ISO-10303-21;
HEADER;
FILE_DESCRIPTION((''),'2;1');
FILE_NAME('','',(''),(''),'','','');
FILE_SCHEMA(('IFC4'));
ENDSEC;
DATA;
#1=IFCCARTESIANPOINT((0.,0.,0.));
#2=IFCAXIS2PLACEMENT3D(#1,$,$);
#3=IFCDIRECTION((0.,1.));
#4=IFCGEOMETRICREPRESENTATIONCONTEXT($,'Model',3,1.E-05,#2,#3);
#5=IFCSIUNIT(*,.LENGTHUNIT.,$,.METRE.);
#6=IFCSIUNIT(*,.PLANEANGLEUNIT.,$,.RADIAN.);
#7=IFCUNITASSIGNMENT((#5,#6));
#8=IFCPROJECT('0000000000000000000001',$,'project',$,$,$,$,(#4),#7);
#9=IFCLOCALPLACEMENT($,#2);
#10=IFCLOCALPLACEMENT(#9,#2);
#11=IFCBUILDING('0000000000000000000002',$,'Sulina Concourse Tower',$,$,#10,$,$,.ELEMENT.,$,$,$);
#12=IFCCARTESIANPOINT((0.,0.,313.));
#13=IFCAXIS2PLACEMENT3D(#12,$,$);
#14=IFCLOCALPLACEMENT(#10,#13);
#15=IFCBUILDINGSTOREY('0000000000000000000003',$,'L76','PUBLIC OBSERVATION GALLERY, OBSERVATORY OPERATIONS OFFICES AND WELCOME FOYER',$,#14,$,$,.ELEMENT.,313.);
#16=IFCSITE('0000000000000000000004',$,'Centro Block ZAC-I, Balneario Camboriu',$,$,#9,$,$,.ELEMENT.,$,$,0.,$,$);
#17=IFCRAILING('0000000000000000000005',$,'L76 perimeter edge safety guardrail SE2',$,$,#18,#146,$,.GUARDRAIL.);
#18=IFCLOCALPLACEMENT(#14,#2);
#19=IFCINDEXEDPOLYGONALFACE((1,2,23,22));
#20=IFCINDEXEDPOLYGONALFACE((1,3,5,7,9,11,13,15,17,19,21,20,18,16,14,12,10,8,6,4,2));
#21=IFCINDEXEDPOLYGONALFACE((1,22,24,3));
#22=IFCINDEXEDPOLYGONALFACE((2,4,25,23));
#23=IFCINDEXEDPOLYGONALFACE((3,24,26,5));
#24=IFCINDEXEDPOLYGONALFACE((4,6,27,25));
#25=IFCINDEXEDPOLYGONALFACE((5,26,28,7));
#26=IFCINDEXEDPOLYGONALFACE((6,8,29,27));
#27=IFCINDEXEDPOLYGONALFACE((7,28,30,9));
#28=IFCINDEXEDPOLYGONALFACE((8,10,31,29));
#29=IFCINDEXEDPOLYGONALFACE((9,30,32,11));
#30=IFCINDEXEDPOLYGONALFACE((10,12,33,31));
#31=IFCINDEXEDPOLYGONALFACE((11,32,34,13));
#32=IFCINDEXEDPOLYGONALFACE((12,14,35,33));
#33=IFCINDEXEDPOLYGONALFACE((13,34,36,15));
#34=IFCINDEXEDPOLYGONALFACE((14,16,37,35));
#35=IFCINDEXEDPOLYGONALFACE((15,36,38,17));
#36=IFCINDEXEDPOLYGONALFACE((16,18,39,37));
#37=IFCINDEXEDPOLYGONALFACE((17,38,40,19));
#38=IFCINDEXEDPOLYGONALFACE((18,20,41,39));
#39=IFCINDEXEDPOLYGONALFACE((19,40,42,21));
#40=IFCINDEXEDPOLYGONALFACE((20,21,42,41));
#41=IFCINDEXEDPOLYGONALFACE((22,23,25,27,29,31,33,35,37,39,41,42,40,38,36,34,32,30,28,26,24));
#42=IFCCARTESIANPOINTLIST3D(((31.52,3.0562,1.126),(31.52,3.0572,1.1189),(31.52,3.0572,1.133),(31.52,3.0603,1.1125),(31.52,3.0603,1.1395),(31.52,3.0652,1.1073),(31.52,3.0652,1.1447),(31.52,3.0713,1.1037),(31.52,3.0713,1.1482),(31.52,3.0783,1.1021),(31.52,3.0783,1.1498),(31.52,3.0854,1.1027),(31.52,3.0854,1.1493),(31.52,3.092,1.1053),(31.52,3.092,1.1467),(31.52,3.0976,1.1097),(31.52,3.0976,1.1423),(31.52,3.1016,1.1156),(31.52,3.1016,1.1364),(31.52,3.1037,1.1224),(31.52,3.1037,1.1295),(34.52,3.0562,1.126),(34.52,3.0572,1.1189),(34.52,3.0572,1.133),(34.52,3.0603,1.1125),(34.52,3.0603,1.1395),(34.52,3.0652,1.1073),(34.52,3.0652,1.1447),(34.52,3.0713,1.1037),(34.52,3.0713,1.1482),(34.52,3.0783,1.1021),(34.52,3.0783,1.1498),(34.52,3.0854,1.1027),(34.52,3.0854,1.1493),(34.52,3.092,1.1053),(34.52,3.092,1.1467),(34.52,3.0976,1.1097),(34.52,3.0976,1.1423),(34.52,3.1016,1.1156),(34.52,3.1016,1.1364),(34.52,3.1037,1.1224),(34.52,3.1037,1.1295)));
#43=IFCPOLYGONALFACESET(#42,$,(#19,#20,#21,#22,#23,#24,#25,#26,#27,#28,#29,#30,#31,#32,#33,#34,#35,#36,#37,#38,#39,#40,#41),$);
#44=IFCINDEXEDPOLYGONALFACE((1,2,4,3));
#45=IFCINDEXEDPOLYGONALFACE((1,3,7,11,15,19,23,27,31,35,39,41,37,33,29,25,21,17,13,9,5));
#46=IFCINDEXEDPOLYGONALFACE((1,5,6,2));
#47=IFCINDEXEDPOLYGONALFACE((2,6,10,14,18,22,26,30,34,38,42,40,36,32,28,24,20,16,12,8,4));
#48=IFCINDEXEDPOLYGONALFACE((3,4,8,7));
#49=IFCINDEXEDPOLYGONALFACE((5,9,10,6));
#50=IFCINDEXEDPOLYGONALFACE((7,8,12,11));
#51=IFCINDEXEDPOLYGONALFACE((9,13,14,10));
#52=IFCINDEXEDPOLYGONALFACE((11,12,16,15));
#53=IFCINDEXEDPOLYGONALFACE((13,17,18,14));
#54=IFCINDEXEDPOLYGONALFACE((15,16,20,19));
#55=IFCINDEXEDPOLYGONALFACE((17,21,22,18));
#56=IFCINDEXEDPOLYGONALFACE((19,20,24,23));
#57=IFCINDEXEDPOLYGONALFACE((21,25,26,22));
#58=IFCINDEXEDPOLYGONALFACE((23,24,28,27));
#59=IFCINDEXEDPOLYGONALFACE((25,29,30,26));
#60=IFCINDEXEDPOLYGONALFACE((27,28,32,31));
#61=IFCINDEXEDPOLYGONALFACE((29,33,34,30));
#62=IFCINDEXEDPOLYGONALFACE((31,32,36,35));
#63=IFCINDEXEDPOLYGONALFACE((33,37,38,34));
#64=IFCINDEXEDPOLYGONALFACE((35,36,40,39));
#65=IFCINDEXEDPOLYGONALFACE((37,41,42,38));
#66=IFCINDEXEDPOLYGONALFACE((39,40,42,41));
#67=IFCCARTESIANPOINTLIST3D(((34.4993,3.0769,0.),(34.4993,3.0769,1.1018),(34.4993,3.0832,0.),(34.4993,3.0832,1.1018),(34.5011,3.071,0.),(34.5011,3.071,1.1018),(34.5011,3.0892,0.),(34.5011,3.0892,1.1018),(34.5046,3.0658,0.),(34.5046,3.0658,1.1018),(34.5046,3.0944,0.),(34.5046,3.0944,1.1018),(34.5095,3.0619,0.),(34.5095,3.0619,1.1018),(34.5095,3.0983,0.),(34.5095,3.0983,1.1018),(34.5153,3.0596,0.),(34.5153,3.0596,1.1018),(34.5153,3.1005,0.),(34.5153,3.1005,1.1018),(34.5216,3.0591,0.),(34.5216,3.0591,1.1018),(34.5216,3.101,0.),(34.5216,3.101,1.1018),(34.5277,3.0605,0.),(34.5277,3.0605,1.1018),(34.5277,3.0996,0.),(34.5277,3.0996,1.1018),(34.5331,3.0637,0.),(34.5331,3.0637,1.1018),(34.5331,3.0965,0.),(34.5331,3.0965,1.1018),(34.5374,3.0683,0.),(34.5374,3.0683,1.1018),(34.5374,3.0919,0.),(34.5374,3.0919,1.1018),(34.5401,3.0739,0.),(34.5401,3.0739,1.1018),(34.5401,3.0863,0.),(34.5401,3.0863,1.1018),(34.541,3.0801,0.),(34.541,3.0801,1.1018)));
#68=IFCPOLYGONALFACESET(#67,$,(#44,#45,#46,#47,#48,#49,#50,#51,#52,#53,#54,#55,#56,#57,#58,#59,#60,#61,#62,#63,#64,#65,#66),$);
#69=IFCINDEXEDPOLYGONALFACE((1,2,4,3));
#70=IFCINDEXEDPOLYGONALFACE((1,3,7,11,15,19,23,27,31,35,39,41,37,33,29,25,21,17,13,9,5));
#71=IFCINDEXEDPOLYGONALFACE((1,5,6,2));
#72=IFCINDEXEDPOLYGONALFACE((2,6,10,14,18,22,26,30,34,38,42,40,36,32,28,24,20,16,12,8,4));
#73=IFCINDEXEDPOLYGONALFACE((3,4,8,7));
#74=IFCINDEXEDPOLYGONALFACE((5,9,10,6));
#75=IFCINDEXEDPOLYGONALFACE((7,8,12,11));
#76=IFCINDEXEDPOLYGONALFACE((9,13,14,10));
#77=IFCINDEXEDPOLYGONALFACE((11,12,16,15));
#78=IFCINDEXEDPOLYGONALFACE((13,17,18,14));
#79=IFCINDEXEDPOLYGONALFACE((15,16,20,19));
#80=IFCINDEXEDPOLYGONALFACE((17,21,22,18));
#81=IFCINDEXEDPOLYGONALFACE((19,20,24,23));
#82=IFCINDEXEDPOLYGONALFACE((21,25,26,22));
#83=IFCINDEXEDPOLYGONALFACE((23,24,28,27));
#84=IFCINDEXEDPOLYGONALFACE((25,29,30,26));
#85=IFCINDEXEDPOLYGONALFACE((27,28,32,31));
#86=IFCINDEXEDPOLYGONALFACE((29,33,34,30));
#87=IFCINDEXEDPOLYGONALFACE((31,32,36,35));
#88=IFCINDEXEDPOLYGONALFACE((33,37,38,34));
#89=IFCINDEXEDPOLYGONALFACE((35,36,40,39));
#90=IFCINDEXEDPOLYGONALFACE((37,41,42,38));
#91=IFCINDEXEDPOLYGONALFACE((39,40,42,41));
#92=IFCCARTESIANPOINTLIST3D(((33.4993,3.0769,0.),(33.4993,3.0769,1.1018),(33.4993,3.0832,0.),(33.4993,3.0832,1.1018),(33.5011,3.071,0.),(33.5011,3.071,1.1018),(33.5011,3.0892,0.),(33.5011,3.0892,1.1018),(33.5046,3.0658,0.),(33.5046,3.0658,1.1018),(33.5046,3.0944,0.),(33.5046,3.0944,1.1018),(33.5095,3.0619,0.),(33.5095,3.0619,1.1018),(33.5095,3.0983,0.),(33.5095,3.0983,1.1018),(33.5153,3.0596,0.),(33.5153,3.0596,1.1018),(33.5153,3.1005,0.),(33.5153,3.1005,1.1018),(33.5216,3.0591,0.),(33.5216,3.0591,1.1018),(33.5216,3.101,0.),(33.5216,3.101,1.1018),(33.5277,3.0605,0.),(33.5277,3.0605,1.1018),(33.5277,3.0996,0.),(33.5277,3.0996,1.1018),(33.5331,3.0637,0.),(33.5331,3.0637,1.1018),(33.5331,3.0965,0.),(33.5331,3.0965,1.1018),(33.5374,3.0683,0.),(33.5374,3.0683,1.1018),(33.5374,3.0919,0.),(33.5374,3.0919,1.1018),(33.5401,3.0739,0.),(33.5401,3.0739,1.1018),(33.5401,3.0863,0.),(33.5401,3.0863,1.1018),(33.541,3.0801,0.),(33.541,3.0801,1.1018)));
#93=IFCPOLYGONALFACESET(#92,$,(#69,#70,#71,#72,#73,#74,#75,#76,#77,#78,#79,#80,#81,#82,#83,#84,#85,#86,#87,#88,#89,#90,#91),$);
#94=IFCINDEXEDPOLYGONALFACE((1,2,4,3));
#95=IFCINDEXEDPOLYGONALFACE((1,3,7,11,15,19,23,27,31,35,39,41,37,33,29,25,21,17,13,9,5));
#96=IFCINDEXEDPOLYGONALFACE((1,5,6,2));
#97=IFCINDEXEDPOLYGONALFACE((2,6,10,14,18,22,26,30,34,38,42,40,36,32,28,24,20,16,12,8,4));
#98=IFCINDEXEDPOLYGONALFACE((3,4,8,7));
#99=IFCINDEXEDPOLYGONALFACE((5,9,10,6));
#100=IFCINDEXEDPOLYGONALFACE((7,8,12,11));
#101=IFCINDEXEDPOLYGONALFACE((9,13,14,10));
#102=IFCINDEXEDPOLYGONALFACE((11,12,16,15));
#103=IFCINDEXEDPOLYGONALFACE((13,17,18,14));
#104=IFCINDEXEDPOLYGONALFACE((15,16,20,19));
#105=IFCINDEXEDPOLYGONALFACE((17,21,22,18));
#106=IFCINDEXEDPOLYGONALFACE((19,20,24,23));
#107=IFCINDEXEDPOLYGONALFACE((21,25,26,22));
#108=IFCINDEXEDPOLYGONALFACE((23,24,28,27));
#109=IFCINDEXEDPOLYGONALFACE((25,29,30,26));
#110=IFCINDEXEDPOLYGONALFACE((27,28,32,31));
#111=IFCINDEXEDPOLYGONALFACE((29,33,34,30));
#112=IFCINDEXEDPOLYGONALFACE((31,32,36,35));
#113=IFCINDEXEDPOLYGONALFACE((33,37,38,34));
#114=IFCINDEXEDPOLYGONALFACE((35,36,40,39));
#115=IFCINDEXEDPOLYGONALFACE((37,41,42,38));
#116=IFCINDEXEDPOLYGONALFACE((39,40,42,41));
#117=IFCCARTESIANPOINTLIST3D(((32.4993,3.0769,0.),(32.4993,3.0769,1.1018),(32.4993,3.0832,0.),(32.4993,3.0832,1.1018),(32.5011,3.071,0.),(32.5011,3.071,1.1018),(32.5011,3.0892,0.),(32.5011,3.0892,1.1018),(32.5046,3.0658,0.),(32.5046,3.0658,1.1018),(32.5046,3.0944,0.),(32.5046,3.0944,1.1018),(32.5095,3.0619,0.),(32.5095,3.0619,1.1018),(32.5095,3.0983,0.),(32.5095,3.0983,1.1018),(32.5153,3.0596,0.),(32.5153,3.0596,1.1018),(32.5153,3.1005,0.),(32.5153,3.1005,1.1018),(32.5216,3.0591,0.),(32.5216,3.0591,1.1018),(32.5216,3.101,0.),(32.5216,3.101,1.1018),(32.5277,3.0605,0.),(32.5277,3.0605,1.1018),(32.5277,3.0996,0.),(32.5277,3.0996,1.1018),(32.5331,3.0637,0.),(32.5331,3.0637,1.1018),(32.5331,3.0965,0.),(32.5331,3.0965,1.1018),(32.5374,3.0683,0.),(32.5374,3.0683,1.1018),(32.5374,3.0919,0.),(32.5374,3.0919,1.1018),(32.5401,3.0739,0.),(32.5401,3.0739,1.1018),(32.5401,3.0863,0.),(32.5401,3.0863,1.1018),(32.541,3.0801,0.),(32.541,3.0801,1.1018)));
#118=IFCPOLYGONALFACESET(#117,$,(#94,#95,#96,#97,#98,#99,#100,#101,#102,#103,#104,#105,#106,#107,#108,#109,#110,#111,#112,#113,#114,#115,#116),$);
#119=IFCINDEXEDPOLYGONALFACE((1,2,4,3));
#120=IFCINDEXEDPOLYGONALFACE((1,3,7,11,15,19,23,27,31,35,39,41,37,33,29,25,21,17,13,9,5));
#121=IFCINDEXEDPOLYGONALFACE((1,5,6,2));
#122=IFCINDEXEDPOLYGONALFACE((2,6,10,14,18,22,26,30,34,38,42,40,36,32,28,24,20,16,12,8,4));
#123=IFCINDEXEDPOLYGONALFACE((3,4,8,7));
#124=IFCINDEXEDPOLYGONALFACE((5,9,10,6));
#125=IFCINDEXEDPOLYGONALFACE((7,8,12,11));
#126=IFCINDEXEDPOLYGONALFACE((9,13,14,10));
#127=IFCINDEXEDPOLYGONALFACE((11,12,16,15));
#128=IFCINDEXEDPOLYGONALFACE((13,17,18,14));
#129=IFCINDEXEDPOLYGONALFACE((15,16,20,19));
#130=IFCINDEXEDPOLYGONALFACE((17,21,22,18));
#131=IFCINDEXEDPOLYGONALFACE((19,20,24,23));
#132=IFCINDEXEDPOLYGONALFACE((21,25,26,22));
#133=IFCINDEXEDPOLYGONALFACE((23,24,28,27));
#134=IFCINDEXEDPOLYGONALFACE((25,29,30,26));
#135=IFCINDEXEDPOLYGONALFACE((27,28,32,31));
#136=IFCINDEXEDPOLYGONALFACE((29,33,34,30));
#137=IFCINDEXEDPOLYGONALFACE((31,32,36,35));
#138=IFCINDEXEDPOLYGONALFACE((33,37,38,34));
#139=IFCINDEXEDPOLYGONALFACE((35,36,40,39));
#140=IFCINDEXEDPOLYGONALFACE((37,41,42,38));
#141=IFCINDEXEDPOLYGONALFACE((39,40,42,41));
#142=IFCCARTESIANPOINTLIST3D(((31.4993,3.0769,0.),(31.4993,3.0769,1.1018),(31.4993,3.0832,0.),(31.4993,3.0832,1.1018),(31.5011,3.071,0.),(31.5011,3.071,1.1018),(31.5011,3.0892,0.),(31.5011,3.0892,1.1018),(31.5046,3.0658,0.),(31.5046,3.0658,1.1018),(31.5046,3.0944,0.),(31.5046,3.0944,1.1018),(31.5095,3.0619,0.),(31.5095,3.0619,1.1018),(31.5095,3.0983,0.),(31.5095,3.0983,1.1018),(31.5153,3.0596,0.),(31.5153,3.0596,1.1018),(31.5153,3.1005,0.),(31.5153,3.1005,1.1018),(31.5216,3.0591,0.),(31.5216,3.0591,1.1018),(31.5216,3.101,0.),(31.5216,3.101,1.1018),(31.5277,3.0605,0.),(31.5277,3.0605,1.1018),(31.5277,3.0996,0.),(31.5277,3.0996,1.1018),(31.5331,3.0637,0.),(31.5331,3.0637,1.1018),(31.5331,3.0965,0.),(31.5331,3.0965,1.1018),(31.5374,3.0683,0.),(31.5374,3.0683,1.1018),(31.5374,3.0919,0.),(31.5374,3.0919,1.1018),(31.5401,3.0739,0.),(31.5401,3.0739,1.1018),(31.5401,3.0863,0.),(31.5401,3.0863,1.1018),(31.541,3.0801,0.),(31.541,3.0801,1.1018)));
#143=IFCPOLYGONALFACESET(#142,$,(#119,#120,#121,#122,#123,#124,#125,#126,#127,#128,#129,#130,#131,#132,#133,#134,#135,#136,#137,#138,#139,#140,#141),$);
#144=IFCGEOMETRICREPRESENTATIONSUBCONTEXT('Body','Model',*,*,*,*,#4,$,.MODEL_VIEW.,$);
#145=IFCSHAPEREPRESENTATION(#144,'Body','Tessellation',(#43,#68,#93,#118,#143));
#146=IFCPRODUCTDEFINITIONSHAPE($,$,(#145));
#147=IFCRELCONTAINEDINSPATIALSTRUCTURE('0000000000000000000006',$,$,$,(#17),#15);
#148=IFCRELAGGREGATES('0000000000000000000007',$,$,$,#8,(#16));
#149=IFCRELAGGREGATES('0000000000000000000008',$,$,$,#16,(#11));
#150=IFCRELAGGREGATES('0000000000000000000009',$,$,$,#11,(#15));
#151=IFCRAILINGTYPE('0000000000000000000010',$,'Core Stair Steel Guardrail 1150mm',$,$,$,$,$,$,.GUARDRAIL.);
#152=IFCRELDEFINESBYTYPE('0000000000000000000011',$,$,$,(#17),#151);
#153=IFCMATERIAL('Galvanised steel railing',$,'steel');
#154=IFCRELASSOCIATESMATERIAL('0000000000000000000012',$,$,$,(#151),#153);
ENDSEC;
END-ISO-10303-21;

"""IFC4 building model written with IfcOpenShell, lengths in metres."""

from ifc_helpers import new_model, si_unit, direction, frame, origin, origin_2d, place, context, subcontext, project, spatial, circle, extrude, material, type_object, element, save


model = new_model("IFC4")

# Units and contexts
model_context = context("Model", 3, precision=1e-05, world=origin(), true_north=direction((0.0, 1.0)))
body_context = subcontext(model_context, "Body", "Model", "MODEL_VIEW")
ifc_project = project(units=[si_unit("LENGTHUNIT", "METRE"), si_unit("PLANEANGLEUNIT", "RADIAN")], contexts=[model_context])

# Site, building, storey
site_placement = place(None, origin())
site = spatial("IfcSite", under=ifc_project, at=site_placement, Name="Centro Block ZAC-I, Balneario Camboriu", CompositionType="ELEMENT", RefElevation=0.0)
building_placement = place(site_placement, origin())
building = spatial("IfcBuilding", under=site, at=building_placement, Name="Sulina Concourse Tower", CompositionType="ELEMENT")
storey_placement = place(building_placement, frame((0.0, 0.0, 313.0)))
storey = spatial("IfcBuildingStorey", under=building, at=storey_placement, Name="L76", Description="PUBLIC OBSERVATION GALLERY, OBSERVATORY OPERATIONS OFFICES AND WELCOME FOYER", CompositionType="ELEMENT", Elevation=313.0)

# Railing
ifc_material_1 = material(Name="Galvanised steel railing", Category="steel")
railing_type = type_object("IfcRailingType", Name="Core Stair Steel Guardrail 1150mm", PredefinedType="GUARDRAIL", material=ifc_material_1)
railing_1_placement = place(storey_placement, frame((34.52, 3.0801, 0.0)))
element("IfcRailing", 1, at=railing_1_placement, inside=storey, type_object=railing_type, Name="L76 perimeter edge safety guardrail SE2", PredefinedType="GUARDRAIL", context=body_context, shape_type="SweptSolid", body=[
    extrude(circle(Radius=0.0239, at=origin_2d()), frame((0.0, 0.0, 1.126), z_axis=(-1.0, 0.0, 0.0), x_axis=(0.0, -1.0, 0.0)), (0.0, 0.0, 1.0), 3.0),
    extrude(circle(Radius=0.021, at=origin_2d()), origin(), (0.0, 0.0, 1.0), 1.1018),
    extrude(circle(Radius=0.021, at=origin_2d()), frame((-1.0, 0.0, 0.0)), (0.0, 0.0, 1.0), 1.1018),
    extrude(circle(Radius=0.021, at=origin_2d()), frame((-2.0, 0.0, 0.0)), (0.0, 0.0, 1.0), 1.1018),
    extrude(circle(Radius=0.021, at=origin_2d()), frame((-3.0, 0.0, 0.0)), (0.0, 0.0, 1.0), 1.1018),
])

save(model, "model.ifc")
